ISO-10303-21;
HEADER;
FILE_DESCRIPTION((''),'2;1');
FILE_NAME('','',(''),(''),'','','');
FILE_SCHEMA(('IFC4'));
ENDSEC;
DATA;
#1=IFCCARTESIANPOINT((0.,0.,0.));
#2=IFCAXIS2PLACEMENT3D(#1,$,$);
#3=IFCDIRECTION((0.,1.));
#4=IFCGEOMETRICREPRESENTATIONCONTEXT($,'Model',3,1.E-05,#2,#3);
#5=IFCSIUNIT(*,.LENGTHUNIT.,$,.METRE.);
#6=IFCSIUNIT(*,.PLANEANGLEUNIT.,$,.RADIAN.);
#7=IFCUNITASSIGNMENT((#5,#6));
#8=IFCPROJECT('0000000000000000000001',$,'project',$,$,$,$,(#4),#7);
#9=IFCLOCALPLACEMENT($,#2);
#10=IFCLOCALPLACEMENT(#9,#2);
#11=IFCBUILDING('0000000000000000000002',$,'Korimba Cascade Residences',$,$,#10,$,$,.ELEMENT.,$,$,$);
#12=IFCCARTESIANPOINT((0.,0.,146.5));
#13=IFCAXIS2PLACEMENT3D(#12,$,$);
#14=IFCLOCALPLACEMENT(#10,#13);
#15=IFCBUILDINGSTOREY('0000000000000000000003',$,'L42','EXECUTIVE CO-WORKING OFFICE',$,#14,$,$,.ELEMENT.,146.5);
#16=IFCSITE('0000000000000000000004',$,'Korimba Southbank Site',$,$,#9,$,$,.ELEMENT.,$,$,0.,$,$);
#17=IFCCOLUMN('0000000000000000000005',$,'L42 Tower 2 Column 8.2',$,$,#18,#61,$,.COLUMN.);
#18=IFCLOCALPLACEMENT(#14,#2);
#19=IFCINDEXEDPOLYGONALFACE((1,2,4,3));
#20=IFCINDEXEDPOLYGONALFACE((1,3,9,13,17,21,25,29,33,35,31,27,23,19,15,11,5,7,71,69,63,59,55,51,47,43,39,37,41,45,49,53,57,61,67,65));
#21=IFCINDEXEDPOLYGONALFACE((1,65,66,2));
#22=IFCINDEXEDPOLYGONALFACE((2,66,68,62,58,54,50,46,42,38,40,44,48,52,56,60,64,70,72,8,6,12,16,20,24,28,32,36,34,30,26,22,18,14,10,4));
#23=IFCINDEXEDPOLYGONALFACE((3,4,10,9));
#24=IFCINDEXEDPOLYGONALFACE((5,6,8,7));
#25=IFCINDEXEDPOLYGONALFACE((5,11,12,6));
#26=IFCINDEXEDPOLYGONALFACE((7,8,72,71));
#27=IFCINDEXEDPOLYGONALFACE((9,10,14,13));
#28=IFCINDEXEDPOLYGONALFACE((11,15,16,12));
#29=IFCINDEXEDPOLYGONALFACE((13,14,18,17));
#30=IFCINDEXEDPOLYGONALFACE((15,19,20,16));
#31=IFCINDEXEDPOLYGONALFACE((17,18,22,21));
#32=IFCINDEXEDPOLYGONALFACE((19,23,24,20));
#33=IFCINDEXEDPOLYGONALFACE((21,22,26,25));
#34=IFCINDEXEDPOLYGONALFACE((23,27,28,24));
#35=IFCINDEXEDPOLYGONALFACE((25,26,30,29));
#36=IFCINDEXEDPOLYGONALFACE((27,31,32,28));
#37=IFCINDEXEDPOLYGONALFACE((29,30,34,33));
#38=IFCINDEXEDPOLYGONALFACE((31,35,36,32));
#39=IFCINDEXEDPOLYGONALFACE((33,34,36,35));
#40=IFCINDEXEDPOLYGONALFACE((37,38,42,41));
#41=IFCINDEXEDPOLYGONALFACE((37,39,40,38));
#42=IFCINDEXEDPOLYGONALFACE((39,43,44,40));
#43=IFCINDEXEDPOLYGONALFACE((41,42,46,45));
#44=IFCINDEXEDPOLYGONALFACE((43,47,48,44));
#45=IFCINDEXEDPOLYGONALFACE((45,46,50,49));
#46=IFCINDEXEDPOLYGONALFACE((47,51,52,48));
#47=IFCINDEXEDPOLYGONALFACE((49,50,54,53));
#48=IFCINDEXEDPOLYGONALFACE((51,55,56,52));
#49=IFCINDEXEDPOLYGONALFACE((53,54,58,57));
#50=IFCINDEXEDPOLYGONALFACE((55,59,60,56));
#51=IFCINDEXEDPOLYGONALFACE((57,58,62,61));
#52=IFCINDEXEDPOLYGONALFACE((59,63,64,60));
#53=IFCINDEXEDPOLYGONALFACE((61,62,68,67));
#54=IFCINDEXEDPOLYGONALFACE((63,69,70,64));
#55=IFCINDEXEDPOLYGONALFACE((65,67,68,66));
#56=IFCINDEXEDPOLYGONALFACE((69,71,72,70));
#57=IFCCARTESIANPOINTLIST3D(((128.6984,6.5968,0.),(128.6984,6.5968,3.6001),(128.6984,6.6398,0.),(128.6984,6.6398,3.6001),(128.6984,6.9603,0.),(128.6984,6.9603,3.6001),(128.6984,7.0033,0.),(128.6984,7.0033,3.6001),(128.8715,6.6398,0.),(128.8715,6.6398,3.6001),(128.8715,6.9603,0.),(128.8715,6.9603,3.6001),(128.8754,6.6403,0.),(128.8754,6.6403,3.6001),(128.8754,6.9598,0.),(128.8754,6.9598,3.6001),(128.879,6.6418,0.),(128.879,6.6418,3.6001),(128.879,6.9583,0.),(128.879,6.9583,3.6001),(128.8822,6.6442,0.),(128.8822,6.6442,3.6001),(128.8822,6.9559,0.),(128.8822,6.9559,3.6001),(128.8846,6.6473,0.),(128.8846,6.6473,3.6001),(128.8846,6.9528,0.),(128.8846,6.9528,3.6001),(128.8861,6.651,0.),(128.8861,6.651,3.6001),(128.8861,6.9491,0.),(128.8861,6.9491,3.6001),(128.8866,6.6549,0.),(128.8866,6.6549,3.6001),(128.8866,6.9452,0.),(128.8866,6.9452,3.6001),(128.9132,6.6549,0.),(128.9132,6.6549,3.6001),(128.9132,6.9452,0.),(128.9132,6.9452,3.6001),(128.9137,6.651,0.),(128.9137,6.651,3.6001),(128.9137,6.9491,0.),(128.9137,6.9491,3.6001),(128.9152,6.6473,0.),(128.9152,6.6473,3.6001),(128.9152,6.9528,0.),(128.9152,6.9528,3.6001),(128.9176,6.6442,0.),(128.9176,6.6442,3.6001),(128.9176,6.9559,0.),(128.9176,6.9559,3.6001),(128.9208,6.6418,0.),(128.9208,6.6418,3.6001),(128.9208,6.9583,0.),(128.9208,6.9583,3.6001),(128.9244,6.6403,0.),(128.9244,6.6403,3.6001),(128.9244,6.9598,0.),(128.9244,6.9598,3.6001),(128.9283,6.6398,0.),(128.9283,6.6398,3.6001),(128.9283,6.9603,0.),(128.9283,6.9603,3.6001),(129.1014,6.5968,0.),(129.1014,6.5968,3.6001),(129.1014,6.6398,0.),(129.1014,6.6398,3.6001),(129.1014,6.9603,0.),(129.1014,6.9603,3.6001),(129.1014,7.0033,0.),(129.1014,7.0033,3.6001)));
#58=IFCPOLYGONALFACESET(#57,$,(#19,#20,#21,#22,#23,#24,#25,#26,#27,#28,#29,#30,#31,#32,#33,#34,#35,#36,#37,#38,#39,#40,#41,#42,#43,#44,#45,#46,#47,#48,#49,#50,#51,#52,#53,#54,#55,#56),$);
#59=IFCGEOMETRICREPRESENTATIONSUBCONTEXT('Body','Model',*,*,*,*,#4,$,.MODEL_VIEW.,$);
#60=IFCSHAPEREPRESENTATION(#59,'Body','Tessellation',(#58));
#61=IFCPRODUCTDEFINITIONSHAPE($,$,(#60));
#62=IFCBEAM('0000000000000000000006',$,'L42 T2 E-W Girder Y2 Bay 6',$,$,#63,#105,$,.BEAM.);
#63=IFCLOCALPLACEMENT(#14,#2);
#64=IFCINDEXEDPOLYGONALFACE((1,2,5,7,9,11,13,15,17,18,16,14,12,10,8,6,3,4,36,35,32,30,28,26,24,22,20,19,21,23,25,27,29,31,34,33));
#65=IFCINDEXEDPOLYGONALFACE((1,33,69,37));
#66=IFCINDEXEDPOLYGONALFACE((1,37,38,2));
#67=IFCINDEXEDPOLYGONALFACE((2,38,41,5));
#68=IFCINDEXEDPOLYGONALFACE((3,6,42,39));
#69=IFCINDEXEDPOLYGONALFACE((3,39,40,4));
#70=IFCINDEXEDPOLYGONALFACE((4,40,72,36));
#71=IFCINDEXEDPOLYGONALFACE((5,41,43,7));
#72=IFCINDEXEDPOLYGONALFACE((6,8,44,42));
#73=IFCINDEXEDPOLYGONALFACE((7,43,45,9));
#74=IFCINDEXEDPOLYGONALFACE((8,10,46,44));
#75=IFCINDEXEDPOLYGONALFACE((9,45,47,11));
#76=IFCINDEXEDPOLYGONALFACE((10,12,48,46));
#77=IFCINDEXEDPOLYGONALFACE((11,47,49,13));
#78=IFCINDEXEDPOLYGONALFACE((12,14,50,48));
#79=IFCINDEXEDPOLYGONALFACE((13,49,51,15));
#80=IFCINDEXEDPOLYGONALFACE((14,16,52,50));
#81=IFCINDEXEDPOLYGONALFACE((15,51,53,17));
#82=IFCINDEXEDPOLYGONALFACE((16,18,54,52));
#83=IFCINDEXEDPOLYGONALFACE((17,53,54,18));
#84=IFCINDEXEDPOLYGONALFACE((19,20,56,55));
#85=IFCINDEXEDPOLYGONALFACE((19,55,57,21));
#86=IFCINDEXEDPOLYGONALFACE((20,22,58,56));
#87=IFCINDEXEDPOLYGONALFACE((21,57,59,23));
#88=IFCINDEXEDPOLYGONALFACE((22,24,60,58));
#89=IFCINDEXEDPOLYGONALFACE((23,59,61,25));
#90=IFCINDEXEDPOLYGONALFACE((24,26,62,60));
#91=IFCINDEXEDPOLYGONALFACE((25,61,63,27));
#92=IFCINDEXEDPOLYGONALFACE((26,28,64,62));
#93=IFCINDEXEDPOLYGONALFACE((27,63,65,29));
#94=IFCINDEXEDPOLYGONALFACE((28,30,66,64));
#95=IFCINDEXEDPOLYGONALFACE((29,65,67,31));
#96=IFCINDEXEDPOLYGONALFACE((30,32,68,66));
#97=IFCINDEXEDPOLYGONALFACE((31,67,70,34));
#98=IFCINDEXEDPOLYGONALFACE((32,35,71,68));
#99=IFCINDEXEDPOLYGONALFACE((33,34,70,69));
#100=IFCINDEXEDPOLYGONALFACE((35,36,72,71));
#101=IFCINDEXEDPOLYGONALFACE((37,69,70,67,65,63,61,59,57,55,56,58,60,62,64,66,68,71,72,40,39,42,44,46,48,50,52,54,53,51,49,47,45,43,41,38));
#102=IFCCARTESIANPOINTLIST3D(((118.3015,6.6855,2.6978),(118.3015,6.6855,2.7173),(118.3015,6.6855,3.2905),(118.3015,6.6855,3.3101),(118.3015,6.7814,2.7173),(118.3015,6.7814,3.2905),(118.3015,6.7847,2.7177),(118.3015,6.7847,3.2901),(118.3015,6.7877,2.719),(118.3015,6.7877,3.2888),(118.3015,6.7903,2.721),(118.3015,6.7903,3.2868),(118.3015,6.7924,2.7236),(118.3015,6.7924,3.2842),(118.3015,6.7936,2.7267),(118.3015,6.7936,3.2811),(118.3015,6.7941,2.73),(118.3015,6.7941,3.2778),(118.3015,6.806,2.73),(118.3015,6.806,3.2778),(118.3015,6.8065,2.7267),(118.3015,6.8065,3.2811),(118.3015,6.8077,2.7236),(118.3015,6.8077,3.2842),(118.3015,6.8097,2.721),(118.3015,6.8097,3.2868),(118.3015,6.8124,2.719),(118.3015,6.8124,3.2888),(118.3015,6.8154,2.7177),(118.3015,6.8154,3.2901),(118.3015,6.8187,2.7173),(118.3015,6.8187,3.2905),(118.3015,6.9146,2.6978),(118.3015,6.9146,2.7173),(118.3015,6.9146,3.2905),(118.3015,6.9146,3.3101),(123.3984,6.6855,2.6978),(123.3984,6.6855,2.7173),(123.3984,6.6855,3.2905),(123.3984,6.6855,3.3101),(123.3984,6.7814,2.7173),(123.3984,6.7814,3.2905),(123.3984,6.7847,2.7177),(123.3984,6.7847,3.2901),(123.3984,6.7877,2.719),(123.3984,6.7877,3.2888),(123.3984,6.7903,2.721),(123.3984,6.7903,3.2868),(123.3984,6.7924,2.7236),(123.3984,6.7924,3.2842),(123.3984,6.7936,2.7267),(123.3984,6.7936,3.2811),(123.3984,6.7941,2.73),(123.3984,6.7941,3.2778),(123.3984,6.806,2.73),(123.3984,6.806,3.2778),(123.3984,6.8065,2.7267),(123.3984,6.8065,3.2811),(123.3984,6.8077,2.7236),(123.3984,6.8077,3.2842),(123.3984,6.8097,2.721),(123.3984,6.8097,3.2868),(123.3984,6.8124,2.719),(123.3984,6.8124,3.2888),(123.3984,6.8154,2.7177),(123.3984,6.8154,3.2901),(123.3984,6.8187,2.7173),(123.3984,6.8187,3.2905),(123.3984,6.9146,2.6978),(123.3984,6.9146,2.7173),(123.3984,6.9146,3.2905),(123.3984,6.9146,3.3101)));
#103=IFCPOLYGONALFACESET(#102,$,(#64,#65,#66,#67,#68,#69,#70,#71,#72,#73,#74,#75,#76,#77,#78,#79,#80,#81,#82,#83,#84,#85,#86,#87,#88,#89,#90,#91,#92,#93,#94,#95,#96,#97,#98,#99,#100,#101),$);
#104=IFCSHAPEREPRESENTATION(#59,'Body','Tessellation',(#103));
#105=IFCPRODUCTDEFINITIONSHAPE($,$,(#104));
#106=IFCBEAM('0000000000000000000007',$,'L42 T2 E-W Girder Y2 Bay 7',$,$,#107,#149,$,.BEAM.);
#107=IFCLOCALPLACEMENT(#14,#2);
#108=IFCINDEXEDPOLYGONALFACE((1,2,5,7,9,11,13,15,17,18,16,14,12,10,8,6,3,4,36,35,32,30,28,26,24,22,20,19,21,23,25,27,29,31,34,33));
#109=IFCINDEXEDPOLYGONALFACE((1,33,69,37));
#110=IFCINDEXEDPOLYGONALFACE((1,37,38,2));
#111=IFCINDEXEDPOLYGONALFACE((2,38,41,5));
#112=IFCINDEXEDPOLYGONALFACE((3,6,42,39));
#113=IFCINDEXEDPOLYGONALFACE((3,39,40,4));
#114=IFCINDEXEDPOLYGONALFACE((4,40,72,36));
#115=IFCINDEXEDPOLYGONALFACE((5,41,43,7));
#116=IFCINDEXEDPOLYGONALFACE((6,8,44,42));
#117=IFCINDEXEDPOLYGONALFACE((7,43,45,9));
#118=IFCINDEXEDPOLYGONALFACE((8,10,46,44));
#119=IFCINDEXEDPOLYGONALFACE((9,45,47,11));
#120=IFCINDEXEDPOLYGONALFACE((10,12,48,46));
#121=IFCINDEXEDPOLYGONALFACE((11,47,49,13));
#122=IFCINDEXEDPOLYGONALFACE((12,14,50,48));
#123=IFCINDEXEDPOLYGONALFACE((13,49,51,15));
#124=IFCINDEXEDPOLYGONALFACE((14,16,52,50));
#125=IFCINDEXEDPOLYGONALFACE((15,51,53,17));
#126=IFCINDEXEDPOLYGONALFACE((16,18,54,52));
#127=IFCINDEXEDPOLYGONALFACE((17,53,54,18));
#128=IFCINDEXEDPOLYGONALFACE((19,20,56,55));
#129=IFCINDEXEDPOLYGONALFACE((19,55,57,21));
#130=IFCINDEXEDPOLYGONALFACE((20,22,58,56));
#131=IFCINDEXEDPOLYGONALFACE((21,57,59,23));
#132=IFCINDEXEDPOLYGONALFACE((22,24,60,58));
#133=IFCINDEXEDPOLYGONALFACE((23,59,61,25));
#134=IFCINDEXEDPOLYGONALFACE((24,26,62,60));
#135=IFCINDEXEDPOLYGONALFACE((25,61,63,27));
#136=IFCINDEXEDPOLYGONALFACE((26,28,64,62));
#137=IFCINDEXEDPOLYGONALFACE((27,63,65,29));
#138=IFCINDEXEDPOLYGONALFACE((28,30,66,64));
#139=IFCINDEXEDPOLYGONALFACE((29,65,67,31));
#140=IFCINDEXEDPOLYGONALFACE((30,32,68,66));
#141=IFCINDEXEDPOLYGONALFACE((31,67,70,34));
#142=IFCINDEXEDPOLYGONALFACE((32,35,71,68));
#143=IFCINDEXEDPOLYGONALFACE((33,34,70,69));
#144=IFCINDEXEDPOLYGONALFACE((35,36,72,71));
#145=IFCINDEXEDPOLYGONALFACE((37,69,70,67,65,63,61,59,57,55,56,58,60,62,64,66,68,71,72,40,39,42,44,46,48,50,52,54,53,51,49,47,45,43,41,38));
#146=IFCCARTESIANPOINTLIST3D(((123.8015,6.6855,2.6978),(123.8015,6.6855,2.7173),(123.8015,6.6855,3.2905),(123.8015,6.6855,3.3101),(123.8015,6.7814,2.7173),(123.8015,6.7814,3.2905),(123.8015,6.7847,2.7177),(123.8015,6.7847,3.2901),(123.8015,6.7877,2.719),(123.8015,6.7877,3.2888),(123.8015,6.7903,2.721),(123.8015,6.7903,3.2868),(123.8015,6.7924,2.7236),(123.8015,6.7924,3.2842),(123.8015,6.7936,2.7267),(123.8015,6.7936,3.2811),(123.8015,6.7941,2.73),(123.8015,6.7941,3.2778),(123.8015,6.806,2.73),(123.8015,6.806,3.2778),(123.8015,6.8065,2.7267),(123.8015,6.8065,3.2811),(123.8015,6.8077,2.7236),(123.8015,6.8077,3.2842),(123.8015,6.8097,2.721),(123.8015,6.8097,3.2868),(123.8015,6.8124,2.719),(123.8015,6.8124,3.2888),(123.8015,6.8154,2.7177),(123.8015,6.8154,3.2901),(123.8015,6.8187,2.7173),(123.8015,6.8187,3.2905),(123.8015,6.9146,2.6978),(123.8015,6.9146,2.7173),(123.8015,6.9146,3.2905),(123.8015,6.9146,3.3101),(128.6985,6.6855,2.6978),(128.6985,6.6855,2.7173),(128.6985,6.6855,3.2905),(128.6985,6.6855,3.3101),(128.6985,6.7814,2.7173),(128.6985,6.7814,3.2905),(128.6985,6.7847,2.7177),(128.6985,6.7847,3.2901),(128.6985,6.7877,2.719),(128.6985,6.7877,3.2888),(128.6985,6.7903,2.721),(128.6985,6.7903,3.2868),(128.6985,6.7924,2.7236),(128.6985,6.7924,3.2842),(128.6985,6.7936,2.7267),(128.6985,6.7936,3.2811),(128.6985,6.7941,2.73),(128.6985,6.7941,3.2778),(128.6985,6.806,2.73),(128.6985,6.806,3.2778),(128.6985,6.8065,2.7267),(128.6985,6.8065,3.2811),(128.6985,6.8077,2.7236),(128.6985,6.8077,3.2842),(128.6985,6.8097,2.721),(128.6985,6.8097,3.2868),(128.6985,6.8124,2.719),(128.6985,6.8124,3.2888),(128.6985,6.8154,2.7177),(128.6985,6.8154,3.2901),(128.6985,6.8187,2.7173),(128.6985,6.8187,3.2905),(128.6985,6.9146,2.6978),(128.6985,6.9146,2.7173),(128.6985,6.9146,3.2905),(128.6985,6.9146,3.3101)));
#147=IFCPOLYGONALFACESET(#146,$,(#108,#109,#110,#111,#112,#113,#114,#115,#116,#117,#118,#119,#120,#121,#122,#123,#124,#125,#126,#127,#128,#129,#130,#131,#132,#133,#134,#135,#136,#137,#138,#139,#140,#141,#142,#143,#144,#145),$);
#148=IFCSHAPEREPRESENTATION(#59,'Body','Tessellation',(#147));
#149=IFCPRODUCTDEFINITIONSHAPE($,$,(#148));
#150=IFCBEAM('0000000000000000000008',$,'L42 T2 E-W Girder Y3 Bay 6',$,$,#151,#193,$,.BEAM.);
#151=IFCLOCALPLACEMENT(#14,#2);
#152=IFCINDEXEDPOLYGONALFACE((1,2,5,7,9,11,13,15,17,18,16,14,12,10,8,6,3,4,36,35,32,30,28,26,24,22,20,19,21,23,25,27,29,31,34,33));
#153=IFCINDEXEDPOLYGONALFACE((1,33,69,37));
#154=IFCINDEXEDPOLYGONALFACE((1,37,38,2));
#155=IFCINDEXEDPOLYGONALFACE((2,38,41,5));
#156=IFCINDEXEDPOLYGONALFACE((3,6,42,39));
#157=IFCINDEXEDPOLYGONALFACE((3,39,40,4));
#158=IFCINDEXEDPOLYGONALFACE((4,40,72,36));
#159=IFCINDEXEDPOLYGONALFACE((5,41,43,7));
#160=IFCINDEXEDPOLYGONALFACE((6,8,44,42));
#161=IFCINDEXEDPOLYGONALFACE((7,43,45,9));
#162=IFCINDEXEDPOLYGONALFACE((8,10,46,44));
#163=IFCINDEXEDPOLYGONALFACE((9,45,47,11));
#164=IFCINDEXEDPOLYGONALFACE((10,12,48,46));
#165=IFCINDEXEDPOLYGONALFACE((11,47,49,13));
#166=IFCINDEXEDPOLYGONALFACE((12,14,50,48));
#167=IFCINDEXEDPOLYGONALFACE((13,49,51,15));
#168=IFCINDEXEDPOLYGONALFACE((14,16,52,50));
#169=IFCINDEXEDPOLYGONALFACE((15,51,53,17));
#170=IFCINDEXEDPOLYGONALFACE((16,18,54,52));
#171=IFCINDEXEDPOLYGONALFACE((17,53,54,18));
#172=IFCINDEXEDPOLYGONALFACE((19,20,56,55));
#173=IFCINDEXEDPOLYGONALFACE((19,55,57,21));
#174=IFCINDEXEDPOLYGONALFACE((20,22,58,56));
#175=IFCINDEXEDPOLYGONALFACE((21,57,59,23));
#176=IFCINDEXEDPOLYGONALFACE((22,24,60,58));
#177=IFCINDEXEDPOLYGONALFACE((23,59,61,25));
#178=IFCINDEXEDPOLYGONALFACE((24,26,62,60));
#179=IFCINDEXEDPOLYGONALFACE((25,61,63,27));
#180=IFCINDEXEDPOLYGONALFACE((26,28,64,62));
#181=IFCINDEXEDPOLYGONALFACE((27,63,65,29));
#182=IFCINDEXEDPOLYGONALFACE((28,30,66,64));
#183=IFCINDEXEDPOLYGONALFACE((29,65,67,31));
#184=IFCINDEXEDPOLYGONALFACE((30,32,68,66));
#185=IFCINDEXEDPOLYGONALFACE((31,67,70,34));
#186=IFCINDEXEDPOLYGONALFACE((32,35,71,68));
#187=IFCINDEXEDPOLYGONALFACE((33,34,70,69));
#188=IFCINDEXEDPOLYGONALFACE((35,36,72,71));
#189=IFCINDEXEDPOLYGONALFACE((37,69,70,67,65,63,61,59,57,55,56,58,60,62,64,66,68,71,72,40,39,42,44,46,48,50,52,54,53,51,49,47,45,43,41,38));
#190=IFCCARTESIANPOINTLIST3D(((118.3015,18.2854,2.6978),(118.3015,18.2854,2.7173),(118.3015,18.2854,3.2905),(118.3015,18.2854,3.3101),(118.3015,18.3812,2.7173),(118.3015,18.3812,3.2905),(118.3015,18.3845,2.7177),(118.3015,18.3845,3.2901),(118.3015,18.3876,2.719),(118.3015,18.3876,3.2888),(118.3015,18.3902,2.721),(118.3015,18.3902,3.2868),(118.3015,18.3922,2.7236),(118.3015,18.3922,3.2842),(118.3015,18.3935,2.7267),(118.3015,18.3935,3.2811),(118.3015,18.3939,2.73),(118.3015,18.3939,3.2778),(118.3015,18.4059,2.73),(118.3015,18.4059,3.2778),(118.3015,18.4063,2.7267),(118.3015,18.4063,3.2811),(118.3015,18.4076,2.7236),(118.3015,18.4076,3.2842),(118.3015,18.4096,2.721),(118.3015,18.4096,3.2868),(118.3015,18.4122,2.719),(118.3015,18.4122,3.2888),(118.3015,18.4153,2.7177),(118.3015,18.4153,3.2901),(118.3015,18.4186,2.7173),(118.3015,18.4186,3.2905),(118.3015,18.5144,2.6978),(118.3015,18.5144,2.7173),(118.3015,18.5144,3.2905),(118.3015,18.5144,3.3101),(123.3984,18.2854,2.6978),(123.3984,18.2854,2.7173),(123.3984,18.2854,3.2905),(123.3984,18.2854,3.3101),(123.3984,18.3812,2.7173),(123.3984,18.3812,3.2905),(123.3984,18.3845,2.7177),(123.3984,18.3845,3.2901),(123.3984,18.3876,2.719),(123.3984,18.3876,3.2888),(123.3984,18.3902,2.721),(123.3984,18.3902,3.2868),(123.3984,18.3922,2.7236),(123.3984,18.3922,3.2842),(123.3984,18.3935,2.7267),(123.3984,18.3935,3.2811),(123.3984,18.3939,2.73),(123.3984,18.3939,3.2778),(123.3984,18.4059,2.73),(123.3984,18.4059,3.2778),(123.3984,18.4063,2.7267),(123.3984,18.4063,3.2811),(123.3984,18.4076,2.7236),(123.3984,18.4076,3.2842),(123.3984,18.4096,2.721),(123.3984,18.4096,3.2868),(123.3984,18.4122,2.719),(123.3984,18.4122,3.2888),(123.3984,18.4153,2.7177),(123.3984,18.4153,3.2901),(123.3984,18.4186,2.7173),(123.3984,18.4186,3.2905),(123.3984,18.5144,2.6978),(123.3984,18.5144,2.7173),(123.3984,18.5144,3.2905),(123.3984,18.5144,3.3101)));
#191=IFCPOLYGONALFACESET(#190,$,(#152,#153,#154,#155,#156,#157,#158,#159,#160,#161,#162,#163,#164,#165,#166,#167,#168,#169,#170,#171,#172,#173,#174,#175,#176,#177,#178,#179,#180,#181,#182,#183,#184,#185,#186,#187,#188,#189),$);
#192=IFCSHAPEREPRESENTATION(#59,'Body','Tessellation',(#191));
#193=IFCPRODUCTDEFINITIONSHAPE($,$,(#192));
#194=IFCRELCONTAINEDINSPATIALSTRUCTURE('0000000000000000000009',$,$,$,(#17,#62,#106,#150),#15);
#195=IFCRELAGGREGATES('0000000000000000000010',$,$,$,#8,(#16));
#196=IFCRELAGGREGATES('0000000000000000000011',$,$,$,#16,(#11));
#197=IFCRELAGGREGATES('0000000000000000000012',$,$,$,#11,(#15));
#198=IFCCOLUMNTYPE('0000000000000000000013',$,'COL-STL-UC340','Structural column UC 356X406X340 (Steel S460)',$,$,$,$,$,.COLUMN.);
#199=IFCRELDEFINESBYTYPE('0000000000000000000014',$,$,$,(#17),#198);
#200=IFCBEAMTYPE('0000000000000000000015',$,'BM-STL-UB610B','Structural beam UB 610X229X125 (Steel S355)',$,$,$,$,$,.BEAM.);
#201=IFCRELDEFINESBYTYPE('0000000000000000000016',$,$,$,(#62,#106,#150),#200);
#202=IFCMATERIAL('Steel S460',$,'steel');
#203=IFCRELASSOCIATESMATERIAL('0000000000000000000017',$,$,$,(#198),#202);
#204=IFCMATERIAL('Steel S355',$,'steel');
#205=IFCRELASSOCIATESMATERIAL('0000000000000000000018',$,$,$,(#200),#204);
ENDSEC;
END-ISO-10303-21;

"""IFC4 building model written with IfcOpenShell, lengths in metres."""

from ifc_helpers import new_model, si_unit, direction, frame, origin, origin_2d, place, context, subcontext, project, spatial, i_section, extrude, material, material_profile, profile_set, type_object, element, save


model = new_model("IFC4")

# Units and contexts
model_context = context("Model", 3, precision=1e-05, world=origin(), true_north=direction((0.0, 1.0)))
body_context = subcontext(model_context, "Body", "Model", "MODEL_VIEW")
ifc_project = project(units=[si_unit("LENGTHUNIT", "METRE"), si_unit("PLANEANGLEUNIT", "RADIAN")], contexts=[model_context])

# Site, building, storey
site_placement = place(None, origin())
site = spatial("IfcSite", under=ifc_project, at=site_placement, Name="Korimba Southbank Site", CompositionType="ELEMENT", RefElevation=0.0)
building_placement = place(site_placement, origin())
building = spatial("IfcBuilding", under=site, at=building_placement, Name="Korimba Cascade Residences", CompositionType="ELEMENT")
storey_placement = place(building_placement, frame((0.0, 0.0, 146.5)))
storey = spatial("IfcBuildingStorey", under=building, at=storey_placement, Name="L42", Description="EXECUTIVE CO-WORKING OFFICE", CompositionType="ELEMENT", Elevation=146.5)

# Column
ifc_material_1 = material(Name="Steel S460", Category="steel")
ifc_material_profile_1 = material_profile(ifc_material_1, i_section(OverallWidth=0.4031, OverallDepth=0.4065, WebThickness=0.0266, FlangeThickness=0.043, FilletRadius=0.0151, at=origin_2d()), Name="Steel S460")
ifc_profile_set_1 = profile_set([ifc_material_profile_1], Name="Steel S460")
column_type = type_object("IfcColumnType", Name="COL-STL-UC340", Description="Structural column UC 356X406X340 (Steel S460)", PredefinedType="COLUMN", material=ifc_profile_set_1)
for number, where, z_axis, x_axis, name in (
    (1, (128.8999, 6.8, 0.0), (0.0, 0.0, 1.0), (1.0, 0.0, 0.0), "L42 Tower 2 Column 8.2"),
):
    element("IfcColumn", number, at=place(storey_placement, frame(where, z_axis=z_axis, x_axis=x_axis)), inside=storey, type_object=column_type, Name=name, PredefinedType="COLUMN", context=body_context, shape_type="SweptSolid", body=[
        extrude(i_section(OverallWidth=0.4031, OverallDepth=0.4065, WebThickness=0.0266, FlangeThickness=0.043, FilletRadius=0.0151, at=origin_2d()), origin(), (0.0, 0.0, 1.0), 3.6001),
    ])

# Beams
ifc_material_2 = material(Name="Steel S355", Category="steel")
ifc_material_profile_2 = material_profile(ifc_material_2, i_section(OverallWidth=0.229, OverallDepth=0.6123, WebThickness=0.012, FlangeThickness=0.0195, FilletRadius=0.0127, at=origin_2d()), Name="Steel S355")
ifc_profile_set_2 = profile_set([ifc_material_profile_2], Name="Steel S355")
beam_type_1 = type_object("IfcBeamType", Name="BM-STL-UB610B", Description="Structural beam UB 610X229X125 (Steel S355)", PredefinedType="BEAM", material=ifc_profile_set_2)
beam_1_placement = place(storey_placement, frame((118.3015, 6.8, 3.0039), z_axis=(1.0, 0.0, 0.0), x_axis=(0.0, 1.0, 0.0)))
element("IfcBeam", 2, at=beam_1_placement, inside=storey, type_object=beam_type_1, Name="L42 T2 E-W Girder Y2 Bay 6", PredefinedType="BEAM", context=body_context, shape_type="SweptSolid", body=[
    extrude(i_section(OverallWidth=0.229, OverallDepth=0.6123, WebThickness=0.012, FlangeThickness=0.0195, FilletRadius=0.0127, at=origin_2d()), origin(), (0.0, 0.0, 1.0), 5.0969),
])
beam_2_placement = place(storey_placement, frame((123.8015, 6.8, 3.0039), z_axis=(1.0, 0.0, 0.0), x_axis=(0.0, 1.0, 0.0)))
element("IfcBeam", 3, at=beam_2_placement, inside=storey, type_object=beam_type_1, Name="L42 T2 E-W Girder Y2 Bay 7", PredefinedType="BEAM", context=body_context, shape_type="SweptSolid", body=[
    extrude(i_section(OverallWidth=0.229, OverallDepth=0.6123, WebThickness=0.012, FlangeThickness=0.0195, FilletRadius=0.0127, at=origin_2d()), origin(), (0.0, 0.0, 1.0), 4.897),
])
beam_3_placement = place(storey_placement, frame((118.3015, 18.3999, 3.0039), z_axis=(1.0, 0.0, 0.0), x_axis=(0.0, 1.0, 0.0)))
element("IfcBeam", 4, at=beam_3_placement, inside=storey, type_object=beam_type_1, Name="L42 T2 E-W Girder Y3 Bay 6", PredefinedType="BEAM", context=body_context, shape_type="SweptSolid", body=[
    extrude(i_section(OverallWidth=0.229, OverallDepth=0.6123, WebThickness=0.012, FlangeThickness=0.0195, FilletRadius=0.0127, at=origin_2d()), origin(), (0.0, 0.0, 1.0), 5.0969),
])

save(model, "model.ifc")
